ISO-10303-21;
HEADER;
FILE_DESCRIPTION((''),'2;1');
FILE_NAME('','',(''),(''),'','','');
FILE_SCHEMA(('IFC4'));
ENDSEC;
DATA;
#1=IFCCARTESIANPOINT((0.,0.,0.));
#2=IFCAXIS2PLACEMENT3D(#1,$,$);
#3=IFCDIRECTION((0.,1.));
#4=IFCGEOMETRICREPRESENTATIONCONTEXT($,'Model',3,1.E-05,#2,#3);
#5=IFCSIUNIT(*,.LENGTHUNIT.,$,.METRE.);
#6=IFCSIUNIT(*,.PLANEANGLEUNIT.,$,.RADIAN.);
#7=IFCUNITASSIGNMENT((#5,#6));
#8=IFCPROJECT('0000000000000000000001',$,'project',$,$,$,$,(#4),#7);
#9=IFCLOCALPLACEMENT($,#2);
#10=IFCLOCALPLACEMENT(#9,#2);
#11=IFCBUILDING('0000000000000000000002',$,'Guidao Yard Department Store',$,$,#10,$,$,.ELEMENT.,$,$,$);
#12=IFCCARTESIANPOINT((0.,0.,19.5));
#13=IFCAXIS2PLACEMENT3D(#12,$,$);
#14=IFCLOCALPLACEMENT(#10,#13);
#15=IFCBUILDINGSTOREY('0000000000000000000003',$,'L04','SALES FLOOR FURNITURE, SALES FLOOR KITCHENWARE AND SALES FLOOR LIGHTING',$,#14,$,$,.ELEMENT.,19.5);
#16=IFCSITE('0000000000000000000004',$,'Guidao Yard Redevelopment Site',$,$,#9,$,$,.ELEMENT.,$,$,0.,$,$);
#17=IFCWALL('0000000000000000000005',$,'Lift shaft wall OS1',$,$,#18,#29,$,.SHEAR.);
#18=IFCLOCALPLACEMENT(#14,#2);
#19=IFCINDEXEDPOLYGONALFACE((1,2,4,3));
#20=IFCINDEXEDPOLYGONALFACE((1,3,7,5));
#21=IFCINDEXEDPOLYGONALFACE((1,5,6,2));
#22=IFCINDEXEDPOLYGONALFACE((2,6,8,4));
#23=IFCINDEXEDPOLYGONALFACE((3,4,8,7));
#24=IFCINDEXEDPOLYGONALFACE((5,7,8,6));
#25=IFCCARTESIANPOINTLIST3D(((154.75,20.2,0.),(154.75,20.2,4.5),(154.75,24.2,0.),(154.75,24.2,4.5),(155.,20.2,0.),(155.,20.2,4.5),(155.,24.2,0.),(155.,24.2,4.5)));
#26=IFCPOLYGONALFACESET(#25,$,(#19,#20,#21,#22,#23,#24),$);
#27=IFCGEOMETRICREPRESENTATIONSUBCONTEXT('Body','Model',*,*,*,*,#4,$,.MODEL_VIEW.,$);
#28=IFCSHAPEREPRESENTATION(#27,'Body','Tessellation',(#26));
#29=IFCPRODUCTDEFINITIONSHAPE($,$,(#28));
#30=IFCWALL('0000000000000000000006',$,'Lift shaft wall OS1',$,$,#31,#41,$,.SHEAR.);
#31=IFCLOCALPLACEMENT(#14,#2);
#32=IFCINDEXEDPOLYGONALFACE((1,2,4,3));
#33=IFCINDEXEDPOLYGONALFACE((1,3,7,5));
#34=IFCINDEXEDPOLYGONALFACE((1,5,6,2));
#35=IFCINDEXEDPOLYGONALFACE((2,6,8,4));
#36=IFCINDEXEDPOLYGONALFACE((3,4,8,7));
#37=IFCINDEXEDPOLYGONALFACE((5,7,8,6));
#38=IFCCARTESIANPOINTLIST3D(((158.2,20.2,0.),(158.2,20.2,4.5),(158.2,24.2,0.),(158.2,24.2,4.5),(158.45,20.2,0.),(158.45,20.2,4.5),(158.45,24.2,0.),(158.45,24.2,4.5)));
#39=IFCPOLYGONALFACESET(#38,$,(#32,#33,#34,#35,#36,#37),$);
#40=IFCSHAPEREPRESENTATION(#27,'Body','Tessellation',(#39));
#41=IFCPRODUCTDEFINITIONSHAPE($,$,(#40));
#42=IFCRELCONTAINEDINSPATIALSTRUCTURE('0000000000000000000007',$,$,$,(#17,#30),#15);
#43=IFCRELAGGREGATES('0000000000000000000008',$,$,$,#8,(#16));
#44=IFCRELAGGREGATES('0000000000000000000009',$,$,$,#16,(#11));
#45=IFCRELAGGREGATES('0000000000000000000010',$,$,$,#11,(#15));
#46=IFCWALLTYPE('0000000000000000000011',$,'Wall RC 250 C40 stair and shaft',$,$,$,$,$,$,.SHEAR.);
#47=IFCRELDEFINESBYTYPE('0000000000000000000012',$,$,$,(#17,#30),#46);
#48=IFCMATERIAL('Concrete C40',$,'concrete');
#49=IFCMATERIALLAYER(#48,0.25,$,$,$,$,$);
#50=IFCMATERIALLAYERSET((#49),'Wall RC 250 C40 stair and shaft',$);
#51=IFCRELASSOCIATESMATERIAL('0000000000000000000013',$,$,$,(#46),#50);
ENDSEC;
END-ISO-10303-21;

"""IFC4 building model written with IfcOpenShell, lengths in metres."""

from ifc_helpers import new_model, si_unit, direction, frame, frame_2d, origin, place, context, subcontext, project, spatial, rectangle, extrude, material, layer, layer_set, type_object, element, save


model = new_model("IFC4")

# Units and contexts
model_context = context("Model", 3, precision=1e-05, world=origin(), true_north=direction((0.0, 1.0)))
body_context = subcontext(model_context, "Body", "Model", "MODEL_VIEW")
ifc_project = project(units=[si_unit("LENGTHUNIT", "METRE"), si_unit("PLANEANGLEUNIT", "RADIAN")], contexts=[model_context])

# Site, building, storey
site_placement = place(None, origin())
site = spatial("IfcSite", under=ifc_project, at=site_placement, Name="Guidao Yard Redevelopment Site", CompositionType="ELEMENT", RefElevation=0.0)
building_placement = place(site_placement, origin())
building = spatial("IfcBuilding", under=site, at=building_placement, Name="Guidao Yard Department Store", CompositionType="ELEMENT")
storey_placement = place(building_placement, frame((0.0, 0.0, 19.5)))
storey = spatial("IfcBuildingStorey", under=building, at=storey_placement, Name="L04", Description="SALES FLOOR FURNITURE, SALES FLOOR KITCHENWARE AND SALES FLOOR LIGHTING", CompositionType="ELEMENT", Elevation=19.5)

# Shared definitions
ifc_material_1 = material(Name="Concrete C40", Category="concrete")
ifc_layer_1 = layer(ifc_material_1, 0.25)
ifc_layer_set_1 = layer_set([ifc_layer_1], Name="Wall RC 250 C40 stair and shaft")
wall_type_1 = type_object("IfcWallType", Name="Wall RC 250 C40 stair and shaft", PredefinedType="SHEAR", material=ifc_layer_set_1)

# Walls
for number, where, z_axis, x_axis, name in (
    (1, (154.875, 20.2, 0.0), (0.0, 0.0, 1.0), (0.0, 1.0, 0.0), "Lift shaft wall OS1"),
    (2, (158.325, 20.2, 0.0), (0.0, 0.0, 1.0), (0.0, 1.0, 0.0), "Lift shaft wall OS1"),
):
    element("IfcWall", number, at=place(storey_placement, frame(where, z_axis=z_axis, x_axis=x_axis)), inside=storey, type_object=wall_type_1, Name=name, PredefinedType="SHEAR", context=body_context, shape_type="SweptSolid", body=[
        extrude(rectangle(XDim=4.0, YDim=0.25, at=frame_2d((2.0, 0.0))), origin(), (0.0, 0.0, 1.0), 4.5),
    ])

save(model, "model.ifc")
